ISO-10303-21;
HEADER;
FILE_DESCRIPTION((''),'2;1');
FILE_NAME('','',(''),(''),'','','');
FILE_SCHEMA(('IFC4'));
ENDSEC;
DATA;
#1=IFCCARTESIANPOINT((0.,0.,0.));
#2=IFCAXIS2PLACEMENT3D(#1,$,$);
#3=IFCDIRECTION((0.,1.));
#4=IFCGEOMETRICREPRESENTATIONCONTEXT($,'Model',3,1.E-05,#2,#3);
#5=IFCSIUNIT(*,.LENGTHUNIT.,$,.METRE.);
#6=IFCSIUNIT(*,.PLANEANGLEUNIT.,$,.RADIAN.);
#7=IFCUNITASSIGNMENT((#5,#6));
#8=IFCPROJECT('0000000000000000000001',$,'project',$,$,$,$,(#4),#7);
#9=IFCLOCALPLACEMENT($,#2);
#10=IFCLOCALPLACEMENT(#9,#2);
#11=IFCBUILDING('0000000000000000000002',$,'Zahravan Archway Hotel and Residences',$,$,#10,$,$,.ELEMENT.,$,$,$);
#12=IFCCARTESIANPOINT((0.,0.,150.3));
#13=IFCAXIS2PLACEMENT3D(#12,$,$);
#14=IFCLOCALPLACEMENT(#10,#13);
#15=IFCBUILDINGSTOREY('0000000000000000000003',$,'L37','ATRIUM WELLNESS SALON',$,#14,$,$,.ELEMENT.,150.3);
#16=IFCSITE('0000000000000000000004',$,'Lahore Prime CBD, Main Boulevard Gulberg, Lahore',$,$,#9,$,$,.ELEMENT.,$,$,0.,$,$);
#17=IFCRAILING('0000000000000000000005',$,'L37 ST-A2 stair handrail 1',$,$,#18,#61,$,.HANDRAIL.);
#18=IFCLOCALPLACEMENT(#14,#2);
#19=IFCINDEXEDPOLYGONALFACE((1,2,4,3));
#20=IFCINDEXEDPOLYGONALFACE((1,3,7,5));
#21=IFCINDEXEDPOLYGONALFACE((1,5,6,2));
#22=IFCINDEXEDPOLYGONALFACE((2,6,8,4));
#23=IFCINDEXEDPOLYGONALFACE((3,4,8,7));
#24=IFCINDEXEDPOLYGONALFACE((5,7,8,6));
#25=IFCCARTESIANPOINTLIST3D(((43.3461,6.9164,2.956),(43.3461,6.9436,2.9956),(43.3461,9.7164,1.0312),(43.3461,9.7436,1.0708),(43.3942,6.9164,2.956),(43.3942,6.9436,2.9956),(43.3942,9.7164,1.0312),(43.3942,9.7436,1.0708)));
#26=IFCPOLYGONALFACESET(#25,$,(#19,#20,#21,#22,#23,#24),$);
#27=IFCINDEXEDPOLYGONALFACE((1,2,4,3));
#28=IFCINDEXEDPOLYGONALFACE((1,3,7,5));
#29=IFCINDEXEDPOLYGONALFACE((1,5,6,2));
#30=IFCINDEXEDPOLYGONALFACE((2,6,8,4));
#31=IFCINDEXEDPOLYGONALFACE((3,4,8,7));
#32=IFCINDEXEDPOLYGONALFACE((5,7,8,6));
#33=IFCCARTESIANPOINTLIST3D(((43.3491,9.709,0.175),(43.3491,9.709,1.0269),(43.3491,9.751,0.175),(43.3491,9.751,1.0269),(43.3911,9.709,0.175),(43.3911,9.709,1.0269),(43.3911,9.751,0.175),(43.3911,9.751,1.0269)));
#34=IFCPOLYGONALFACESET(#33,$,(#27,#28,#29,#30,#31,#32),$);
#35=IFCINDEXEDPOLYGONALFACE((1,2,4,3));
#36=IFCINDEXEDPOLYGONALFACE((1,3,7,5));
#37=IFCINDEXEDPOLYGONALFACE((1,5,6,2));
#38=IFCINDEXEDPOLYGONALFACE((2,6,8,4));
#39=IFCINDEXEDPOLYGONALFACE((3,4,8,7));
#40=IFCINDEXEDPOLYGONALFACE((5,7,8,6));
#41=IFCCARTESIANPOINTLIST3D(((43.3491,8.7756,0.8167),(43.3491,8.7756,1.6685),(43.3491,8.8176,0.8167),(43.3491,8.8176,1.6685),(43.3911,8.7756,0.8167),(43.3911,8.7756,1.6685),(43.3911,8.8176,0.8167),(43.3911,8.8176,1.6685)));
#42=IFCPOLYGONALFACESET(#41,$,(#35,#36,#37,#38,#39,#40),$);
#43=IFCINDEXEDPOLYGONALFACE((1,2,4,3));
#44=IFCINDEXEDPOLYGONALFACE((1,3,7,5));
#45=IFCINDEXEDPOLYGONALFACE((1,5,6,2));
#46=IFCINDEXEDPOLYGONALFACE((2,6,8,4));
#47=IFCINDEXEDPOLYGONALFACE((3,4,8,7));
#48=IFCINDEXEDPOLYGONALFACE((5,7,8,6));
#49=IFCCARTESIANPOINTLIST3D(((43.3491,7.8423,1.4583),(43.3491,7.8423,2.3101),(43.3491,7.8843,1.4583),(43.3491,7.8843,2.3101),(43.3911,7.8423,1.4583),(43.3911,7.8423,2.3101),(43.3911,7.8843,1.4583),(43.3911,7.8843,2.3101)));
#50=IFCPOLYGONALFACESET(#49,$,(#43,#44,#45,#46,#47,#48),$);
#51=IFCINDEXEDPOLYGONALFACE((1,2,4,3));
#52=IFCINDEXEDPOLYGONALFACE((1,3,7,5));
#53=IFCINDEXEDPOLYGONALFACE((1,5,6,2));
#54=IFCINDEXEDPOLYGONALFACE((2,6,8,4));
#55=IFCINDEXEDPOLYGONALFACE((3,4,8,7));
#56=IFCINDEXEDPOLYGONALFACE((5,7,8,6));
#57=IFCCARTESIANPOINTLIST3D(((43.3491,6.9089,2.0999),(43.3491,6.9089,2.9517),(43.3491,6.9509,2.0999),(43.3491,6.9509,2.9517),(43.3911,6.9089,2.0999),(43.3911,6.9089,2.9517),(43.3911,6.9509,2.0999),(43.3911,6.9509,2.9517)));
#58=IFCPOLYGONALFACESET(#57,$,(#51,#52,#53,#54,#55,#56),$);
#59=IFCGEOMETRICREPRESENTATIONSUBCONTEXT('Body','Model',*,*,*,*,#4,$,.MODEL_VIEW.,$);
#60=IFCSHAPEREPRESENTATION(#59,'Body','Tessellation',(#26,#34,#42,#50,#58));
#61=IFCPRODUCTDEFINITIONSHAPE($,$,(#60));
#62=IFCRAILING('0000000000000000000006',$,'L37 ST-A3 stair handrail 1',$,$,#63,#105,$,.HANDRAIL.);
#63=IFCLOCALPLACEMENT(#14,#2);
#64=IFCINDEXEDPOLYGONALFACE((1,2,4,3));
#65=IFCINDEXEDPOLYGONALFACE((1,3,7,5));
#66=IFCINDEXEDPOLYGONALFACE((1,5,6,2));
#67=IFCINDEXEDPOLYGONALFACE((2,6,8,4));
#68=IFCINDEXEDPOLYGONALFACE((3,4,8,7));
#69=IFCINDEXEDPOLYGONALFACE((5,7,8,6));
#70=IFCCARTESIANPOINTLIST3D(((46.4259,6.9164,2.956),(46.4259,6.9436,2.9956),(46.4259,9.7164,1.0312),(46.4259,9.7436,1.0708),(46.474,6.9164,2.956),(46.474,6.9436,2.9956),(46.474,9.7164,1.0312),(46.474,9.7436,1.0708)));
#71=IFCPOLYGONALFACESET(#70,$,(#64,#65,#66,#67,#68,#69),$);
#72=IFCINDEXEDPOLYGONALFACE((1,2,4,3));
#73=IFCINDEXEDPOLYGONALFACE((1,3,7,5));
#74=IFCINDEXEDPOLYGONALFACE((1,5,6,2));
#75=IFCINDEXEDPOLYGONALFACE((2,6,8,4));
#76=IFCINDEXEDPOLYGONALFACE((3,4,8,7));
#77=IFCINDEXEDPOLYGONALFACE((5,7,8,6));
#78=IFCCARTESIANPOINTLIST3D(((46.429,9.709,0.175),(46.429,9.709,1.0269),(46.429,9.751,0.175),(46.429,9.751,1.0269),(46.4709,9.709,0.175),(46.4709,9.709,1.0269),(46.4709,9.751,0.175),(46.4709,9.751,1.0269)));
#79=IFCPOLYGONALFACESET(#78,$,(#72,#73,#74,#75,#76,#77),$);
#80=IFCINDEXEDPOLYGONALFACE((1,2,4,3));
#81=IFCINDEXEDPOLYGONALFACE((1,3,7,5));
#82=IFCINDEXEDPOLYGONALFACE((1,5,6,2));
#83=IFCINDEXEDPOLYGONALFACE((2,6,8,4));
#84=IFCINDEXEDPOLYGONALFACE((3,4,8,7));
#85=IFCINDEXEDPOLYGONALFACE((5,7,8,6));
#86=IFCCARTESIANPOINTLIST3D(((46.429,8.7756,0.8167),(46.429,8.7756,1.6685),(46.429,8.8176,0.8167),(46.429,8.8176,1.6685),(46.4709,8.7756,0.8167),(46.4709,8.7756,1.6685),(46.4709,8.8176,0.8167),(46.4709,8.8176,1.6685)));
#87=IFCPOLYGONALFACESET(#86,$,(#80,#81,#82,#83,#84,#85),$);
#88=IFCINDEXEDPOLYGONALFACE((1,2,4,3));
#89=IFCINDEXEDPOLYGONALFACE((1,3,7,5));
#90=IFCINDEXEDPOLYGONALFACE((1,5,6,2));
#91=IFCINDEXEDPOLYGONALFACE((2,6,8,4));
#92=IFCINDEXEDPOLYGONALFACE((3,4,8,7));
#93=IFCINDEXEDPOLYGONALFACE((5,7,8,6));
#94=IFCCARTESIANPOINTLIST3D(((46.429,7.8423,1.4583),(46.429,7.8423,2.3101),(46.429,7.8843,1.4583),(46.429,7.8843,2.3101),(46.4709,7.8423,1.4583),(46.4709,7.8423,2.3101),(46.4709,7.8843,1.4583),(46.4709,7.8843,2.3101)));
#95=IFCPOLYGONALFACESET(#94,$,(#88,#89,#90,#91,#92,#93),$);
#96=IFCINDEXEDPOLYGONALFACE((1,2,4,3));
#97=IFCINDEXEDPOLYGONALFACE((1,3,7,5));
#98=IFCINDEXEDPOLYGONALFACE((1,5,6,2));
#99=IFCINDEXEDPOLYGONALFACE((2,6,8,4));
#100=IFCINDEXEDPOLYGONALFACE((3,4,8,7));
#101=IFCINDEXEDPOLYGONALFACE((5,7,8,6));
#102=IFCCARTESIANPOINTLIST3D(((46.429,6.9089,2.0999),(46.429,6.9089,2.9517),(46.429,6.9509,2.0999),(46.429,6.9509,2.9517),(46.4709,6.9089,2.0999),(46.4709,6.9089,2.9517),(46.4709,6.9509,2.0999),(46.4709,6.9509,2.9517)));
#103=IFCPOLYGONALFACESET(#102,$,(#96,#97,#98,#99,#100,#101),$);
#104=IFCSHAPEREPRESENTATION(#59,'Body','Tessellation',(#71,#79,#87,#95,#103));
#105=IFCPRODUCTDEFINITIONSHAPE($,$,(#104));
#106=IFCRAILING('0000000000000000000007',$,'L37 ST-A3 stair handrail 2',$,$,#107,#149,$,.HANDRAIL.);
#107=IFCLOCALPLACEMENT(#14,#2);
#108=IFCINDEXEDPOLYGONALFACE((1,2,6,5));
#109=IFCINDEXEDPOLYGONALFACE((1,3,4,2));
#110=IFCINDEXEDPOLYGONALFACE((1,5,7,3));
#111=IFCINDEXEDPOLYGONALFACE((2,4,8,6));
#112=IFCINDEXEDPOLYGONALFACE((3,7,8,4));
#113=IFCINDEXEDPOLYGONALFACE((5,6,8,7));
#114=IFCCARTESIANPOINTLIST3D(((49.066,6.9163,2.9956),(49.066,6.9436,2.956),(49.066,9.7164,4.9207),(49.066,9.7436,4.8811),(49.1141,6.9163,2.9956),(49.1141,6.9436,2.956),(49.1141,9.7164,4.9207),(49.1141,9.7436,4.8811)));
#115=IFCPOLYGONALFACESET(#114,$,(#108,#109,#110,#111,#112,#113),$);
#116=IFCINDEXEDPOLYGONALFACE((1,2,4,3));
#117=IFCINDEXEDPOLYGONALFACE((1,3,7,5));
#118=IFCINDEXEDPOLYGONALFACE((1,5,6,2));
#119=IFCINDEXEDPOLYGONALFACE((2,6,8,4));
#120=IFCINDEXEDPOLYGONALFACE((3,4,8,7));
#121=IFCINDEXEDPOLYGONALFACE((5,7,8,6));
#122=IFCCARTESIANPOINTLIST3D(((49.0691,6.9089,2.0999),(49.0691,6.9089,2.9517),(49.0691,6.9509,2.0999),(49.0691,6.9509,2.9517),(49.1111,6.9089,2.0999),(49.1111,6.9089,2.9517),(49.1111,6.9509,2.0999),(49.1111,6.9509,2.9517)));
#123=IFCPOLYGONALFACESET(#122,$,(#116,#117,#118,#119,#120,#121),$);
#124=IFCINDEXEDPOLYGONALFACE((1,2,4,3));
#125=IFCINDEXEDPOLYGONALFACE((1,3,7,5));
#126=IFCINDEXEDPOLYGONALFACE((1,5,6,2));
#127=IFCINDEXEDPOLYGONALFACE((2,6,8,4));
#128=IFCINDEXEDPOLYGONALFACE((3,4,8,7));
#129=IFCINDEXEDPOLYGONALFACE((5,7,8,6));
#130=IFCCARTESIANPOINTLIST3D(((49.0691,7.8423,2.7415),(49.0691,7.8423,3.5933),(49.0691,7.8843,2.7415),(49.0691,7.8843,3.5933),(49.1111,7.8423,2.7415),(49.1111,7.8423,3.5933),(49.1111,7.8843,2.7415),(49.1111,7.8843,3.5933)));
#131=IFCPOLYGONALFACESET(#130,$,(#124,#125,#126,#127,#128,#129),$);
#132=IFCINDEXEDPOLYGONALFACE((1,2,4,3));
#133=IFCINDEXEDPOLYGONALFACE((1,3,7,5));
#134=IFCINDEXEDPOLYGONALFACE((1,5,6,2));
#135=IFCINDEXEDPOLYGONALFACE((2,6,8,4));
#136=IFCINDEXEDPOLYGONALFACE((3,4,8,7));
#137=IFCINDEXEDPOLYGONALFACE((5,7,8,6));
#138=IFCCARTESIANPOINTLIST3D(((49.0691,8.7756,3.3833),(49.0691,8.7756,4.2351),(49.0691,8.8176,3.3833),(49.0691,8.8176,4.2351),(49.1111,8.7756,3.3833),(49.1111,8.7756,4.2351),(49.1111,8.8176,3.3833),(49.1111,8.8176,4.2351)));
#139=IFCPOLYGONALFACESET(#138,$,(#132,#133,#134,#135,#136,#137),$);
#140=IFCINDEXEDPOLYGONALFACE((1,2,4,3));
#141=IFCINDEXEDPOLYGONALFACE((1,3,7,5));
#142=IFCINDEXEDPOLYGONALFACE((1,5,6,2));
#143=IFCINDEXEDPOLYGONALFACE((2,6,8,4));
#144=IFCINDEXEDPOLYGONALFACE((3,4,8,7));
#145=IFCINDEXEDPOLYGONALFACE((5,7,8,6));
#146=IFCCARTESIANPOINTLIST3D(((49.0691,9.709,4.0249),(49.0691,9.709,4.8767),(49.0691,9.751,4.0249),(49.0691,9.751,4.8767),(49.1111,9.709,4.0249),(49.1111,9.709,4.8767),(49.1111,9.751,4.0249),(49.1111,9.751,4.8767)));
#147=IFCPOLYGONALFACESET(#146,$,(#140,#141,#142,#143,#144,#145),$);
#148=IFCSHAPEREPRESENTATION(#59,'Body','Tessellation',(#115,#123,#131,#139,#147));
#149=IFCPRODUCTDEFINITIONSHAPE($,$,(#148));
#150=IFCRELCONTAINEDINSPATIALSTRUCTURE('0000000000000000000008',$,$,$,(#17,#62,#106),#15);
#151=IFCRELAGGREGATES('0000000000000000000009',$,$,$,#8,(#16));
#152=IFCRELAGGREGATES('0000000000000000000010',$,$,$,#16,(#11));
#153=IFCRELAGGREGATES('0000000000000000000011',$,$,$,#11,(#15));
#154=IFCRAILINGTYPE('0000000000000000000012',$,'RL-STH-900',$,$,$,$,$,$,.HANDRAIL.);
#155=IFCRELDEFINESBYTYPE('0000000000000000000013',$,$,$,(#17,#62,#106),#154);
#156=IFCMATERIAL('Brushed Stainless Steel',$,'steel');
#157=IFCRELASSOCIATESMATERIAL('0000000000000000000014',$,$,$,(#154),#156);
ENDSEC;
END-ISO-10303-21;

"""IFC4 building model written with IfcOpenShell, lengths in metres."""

from ifc_helpers import new_model, si_unit, direction, frame, origin, origin_2d, place, context, subcontext, project, spatial, rectangle, extrude, material, type_object, element, save


model = new_model("IFC4")

# Units and contexts
model_context = context("Model", 3, precision=1e-05, world=origin(), true_north=direction((0.0, 1.0)))
body_context = subcontext(model_context, "Body", "Model", "MODEL_VIEW")
ifc_project = project(units=[si_unit("LENGTHUNIT", "METRE"), si_unit("PLANEANGLEUNIT", "RADIAN")], contexts=[model_context])

# Site, building, storey
site_placement = place(None, origin())
site = spatial("IfcSite", under=ifc_project, at=site_placement, Name="Lahore Prime CBD, Main Boulevard Gulberg, Lahore", CompositionType="ELEMENT", RefElevation=0.0)
building_placement = place(site_placement, origin())
building = spatial("IfcBuilding", under=site, at=building_placement, Name="Zahravan Archway Hotel and Residences", CompositionType="ELEMENT")
storey_placement = place(building_placement, frame((0.0, 0.0, 150.3)))
storey = spatial("IfcBuildingStorey", under=building, at=storey_placement, Name="L37", Description="ATRIUM WELLNESS SALON", CompositionType="ELEMENT", Elevation=150.3)

# Railings
ifc_material_1 = material(Name="Brushed Stainless Steel", Category="steel")
railing_type_1 = type_object("IfcRailingType", Name="RL-STH-900", PredefinedType="HANDRAIL", material=ifc_material_1)
for number, where, name in (
    (1, (43.3701, 9.73, 0.175), "L37 ST-A2 stair handrail 1"),
    (2, (46.45, 9.73, 0.175), "L37 ST-A3 stair handrail 1"),
):
    element("IfcRailing", number, at=place(storey_placement, frame(where)), inside=storey, type_object=railing_type_1, Name=name, PredefinedType="HANDRAIL", context=body_context, shape_type="SweptSolid", body=[
        extrude(rectangle(XDim=0.0481, YDim=0.0481, at=origin_2d()), frame((0.0, 0.0, 0.876), z_axis=(0.0, -0.824073, 0.566483), x_axis=(1.0, 0.0, 0.0)), (0.0, 0.0, 1.0), 3.3977),
        extrude(rectangle(XDim=0.042, YDim=0.042, at=origin_2d()), origin(), (0.0, 0.0, 1.0), 0.8518),
        extrude(rectangle(XDim=0.042, YDim=0.042, at=origin_2d()), frame((0.0, -0.9333, 0.6416)), (0.0, 0.0, 1.0), 0.8518),
        extrude(rectangle(XDim=0.042, YDim=0.042, at=origin_2d()), frame((0.0, -1.8667, 1.2832)), (0.0, 0.0, 1.0), 0.8518),
        extrude(rectangle(XDim=0.042, YDim=0.042, at=origin_2d()), frame((0.0, -2.8, 1.9248)), (0.0, 0.0, 1.0), 0.8518),
    ])
railing_1_placement = place(storey_placement, frame((49.0901, 6.9299, 2.0999)))
element("IfcRailing", 3, at=railing_1_placement, inside=storey, type_object=railing_type_1, Name="L37 ST-A3 stair handrail 2", PredefinedType="HANDRAIL", context=body_context, shape_type="SweptSolid", body=[
    extrude(rectangle(XDim=0.0481, YDim=0.0481, at=origin_2d()), frame((0.0, 0.0, 0.876), z_axis=(0.0, 0.82404, 0.566532), x_axis=(-1.0, 0.0, 0.0)), (0.0, 0.0, 1.0), 3.3979),
    extrude(rectangle(XDim=0.042, YDim=0.042, at=origin_2d()), origin(), (0.0, 0.0, 1.0), 0.8518),
    extrude(rectangle(XDim=0.042, YDim=0.042, at=origin_2d()), frame((0.0, 0.9333, 0.6416)), (0.0, 0.0, 1.0), 0.8518),
    extrude(rectangle(XDim=0.042, YDim=0.042, at=origin_2d()), frame((0.0, 1.8667, 1.2834)), (0.0, 0.0, 1.0), 0.8518),
    extrude(rectangle(XDim=0.042, YDim=0.042, at=origin_2d()), frame((0.0, 2.8, 1.925)), (0.0, 0.0, 1.0), 0.8518),
])

save(model, "model.ifc")
